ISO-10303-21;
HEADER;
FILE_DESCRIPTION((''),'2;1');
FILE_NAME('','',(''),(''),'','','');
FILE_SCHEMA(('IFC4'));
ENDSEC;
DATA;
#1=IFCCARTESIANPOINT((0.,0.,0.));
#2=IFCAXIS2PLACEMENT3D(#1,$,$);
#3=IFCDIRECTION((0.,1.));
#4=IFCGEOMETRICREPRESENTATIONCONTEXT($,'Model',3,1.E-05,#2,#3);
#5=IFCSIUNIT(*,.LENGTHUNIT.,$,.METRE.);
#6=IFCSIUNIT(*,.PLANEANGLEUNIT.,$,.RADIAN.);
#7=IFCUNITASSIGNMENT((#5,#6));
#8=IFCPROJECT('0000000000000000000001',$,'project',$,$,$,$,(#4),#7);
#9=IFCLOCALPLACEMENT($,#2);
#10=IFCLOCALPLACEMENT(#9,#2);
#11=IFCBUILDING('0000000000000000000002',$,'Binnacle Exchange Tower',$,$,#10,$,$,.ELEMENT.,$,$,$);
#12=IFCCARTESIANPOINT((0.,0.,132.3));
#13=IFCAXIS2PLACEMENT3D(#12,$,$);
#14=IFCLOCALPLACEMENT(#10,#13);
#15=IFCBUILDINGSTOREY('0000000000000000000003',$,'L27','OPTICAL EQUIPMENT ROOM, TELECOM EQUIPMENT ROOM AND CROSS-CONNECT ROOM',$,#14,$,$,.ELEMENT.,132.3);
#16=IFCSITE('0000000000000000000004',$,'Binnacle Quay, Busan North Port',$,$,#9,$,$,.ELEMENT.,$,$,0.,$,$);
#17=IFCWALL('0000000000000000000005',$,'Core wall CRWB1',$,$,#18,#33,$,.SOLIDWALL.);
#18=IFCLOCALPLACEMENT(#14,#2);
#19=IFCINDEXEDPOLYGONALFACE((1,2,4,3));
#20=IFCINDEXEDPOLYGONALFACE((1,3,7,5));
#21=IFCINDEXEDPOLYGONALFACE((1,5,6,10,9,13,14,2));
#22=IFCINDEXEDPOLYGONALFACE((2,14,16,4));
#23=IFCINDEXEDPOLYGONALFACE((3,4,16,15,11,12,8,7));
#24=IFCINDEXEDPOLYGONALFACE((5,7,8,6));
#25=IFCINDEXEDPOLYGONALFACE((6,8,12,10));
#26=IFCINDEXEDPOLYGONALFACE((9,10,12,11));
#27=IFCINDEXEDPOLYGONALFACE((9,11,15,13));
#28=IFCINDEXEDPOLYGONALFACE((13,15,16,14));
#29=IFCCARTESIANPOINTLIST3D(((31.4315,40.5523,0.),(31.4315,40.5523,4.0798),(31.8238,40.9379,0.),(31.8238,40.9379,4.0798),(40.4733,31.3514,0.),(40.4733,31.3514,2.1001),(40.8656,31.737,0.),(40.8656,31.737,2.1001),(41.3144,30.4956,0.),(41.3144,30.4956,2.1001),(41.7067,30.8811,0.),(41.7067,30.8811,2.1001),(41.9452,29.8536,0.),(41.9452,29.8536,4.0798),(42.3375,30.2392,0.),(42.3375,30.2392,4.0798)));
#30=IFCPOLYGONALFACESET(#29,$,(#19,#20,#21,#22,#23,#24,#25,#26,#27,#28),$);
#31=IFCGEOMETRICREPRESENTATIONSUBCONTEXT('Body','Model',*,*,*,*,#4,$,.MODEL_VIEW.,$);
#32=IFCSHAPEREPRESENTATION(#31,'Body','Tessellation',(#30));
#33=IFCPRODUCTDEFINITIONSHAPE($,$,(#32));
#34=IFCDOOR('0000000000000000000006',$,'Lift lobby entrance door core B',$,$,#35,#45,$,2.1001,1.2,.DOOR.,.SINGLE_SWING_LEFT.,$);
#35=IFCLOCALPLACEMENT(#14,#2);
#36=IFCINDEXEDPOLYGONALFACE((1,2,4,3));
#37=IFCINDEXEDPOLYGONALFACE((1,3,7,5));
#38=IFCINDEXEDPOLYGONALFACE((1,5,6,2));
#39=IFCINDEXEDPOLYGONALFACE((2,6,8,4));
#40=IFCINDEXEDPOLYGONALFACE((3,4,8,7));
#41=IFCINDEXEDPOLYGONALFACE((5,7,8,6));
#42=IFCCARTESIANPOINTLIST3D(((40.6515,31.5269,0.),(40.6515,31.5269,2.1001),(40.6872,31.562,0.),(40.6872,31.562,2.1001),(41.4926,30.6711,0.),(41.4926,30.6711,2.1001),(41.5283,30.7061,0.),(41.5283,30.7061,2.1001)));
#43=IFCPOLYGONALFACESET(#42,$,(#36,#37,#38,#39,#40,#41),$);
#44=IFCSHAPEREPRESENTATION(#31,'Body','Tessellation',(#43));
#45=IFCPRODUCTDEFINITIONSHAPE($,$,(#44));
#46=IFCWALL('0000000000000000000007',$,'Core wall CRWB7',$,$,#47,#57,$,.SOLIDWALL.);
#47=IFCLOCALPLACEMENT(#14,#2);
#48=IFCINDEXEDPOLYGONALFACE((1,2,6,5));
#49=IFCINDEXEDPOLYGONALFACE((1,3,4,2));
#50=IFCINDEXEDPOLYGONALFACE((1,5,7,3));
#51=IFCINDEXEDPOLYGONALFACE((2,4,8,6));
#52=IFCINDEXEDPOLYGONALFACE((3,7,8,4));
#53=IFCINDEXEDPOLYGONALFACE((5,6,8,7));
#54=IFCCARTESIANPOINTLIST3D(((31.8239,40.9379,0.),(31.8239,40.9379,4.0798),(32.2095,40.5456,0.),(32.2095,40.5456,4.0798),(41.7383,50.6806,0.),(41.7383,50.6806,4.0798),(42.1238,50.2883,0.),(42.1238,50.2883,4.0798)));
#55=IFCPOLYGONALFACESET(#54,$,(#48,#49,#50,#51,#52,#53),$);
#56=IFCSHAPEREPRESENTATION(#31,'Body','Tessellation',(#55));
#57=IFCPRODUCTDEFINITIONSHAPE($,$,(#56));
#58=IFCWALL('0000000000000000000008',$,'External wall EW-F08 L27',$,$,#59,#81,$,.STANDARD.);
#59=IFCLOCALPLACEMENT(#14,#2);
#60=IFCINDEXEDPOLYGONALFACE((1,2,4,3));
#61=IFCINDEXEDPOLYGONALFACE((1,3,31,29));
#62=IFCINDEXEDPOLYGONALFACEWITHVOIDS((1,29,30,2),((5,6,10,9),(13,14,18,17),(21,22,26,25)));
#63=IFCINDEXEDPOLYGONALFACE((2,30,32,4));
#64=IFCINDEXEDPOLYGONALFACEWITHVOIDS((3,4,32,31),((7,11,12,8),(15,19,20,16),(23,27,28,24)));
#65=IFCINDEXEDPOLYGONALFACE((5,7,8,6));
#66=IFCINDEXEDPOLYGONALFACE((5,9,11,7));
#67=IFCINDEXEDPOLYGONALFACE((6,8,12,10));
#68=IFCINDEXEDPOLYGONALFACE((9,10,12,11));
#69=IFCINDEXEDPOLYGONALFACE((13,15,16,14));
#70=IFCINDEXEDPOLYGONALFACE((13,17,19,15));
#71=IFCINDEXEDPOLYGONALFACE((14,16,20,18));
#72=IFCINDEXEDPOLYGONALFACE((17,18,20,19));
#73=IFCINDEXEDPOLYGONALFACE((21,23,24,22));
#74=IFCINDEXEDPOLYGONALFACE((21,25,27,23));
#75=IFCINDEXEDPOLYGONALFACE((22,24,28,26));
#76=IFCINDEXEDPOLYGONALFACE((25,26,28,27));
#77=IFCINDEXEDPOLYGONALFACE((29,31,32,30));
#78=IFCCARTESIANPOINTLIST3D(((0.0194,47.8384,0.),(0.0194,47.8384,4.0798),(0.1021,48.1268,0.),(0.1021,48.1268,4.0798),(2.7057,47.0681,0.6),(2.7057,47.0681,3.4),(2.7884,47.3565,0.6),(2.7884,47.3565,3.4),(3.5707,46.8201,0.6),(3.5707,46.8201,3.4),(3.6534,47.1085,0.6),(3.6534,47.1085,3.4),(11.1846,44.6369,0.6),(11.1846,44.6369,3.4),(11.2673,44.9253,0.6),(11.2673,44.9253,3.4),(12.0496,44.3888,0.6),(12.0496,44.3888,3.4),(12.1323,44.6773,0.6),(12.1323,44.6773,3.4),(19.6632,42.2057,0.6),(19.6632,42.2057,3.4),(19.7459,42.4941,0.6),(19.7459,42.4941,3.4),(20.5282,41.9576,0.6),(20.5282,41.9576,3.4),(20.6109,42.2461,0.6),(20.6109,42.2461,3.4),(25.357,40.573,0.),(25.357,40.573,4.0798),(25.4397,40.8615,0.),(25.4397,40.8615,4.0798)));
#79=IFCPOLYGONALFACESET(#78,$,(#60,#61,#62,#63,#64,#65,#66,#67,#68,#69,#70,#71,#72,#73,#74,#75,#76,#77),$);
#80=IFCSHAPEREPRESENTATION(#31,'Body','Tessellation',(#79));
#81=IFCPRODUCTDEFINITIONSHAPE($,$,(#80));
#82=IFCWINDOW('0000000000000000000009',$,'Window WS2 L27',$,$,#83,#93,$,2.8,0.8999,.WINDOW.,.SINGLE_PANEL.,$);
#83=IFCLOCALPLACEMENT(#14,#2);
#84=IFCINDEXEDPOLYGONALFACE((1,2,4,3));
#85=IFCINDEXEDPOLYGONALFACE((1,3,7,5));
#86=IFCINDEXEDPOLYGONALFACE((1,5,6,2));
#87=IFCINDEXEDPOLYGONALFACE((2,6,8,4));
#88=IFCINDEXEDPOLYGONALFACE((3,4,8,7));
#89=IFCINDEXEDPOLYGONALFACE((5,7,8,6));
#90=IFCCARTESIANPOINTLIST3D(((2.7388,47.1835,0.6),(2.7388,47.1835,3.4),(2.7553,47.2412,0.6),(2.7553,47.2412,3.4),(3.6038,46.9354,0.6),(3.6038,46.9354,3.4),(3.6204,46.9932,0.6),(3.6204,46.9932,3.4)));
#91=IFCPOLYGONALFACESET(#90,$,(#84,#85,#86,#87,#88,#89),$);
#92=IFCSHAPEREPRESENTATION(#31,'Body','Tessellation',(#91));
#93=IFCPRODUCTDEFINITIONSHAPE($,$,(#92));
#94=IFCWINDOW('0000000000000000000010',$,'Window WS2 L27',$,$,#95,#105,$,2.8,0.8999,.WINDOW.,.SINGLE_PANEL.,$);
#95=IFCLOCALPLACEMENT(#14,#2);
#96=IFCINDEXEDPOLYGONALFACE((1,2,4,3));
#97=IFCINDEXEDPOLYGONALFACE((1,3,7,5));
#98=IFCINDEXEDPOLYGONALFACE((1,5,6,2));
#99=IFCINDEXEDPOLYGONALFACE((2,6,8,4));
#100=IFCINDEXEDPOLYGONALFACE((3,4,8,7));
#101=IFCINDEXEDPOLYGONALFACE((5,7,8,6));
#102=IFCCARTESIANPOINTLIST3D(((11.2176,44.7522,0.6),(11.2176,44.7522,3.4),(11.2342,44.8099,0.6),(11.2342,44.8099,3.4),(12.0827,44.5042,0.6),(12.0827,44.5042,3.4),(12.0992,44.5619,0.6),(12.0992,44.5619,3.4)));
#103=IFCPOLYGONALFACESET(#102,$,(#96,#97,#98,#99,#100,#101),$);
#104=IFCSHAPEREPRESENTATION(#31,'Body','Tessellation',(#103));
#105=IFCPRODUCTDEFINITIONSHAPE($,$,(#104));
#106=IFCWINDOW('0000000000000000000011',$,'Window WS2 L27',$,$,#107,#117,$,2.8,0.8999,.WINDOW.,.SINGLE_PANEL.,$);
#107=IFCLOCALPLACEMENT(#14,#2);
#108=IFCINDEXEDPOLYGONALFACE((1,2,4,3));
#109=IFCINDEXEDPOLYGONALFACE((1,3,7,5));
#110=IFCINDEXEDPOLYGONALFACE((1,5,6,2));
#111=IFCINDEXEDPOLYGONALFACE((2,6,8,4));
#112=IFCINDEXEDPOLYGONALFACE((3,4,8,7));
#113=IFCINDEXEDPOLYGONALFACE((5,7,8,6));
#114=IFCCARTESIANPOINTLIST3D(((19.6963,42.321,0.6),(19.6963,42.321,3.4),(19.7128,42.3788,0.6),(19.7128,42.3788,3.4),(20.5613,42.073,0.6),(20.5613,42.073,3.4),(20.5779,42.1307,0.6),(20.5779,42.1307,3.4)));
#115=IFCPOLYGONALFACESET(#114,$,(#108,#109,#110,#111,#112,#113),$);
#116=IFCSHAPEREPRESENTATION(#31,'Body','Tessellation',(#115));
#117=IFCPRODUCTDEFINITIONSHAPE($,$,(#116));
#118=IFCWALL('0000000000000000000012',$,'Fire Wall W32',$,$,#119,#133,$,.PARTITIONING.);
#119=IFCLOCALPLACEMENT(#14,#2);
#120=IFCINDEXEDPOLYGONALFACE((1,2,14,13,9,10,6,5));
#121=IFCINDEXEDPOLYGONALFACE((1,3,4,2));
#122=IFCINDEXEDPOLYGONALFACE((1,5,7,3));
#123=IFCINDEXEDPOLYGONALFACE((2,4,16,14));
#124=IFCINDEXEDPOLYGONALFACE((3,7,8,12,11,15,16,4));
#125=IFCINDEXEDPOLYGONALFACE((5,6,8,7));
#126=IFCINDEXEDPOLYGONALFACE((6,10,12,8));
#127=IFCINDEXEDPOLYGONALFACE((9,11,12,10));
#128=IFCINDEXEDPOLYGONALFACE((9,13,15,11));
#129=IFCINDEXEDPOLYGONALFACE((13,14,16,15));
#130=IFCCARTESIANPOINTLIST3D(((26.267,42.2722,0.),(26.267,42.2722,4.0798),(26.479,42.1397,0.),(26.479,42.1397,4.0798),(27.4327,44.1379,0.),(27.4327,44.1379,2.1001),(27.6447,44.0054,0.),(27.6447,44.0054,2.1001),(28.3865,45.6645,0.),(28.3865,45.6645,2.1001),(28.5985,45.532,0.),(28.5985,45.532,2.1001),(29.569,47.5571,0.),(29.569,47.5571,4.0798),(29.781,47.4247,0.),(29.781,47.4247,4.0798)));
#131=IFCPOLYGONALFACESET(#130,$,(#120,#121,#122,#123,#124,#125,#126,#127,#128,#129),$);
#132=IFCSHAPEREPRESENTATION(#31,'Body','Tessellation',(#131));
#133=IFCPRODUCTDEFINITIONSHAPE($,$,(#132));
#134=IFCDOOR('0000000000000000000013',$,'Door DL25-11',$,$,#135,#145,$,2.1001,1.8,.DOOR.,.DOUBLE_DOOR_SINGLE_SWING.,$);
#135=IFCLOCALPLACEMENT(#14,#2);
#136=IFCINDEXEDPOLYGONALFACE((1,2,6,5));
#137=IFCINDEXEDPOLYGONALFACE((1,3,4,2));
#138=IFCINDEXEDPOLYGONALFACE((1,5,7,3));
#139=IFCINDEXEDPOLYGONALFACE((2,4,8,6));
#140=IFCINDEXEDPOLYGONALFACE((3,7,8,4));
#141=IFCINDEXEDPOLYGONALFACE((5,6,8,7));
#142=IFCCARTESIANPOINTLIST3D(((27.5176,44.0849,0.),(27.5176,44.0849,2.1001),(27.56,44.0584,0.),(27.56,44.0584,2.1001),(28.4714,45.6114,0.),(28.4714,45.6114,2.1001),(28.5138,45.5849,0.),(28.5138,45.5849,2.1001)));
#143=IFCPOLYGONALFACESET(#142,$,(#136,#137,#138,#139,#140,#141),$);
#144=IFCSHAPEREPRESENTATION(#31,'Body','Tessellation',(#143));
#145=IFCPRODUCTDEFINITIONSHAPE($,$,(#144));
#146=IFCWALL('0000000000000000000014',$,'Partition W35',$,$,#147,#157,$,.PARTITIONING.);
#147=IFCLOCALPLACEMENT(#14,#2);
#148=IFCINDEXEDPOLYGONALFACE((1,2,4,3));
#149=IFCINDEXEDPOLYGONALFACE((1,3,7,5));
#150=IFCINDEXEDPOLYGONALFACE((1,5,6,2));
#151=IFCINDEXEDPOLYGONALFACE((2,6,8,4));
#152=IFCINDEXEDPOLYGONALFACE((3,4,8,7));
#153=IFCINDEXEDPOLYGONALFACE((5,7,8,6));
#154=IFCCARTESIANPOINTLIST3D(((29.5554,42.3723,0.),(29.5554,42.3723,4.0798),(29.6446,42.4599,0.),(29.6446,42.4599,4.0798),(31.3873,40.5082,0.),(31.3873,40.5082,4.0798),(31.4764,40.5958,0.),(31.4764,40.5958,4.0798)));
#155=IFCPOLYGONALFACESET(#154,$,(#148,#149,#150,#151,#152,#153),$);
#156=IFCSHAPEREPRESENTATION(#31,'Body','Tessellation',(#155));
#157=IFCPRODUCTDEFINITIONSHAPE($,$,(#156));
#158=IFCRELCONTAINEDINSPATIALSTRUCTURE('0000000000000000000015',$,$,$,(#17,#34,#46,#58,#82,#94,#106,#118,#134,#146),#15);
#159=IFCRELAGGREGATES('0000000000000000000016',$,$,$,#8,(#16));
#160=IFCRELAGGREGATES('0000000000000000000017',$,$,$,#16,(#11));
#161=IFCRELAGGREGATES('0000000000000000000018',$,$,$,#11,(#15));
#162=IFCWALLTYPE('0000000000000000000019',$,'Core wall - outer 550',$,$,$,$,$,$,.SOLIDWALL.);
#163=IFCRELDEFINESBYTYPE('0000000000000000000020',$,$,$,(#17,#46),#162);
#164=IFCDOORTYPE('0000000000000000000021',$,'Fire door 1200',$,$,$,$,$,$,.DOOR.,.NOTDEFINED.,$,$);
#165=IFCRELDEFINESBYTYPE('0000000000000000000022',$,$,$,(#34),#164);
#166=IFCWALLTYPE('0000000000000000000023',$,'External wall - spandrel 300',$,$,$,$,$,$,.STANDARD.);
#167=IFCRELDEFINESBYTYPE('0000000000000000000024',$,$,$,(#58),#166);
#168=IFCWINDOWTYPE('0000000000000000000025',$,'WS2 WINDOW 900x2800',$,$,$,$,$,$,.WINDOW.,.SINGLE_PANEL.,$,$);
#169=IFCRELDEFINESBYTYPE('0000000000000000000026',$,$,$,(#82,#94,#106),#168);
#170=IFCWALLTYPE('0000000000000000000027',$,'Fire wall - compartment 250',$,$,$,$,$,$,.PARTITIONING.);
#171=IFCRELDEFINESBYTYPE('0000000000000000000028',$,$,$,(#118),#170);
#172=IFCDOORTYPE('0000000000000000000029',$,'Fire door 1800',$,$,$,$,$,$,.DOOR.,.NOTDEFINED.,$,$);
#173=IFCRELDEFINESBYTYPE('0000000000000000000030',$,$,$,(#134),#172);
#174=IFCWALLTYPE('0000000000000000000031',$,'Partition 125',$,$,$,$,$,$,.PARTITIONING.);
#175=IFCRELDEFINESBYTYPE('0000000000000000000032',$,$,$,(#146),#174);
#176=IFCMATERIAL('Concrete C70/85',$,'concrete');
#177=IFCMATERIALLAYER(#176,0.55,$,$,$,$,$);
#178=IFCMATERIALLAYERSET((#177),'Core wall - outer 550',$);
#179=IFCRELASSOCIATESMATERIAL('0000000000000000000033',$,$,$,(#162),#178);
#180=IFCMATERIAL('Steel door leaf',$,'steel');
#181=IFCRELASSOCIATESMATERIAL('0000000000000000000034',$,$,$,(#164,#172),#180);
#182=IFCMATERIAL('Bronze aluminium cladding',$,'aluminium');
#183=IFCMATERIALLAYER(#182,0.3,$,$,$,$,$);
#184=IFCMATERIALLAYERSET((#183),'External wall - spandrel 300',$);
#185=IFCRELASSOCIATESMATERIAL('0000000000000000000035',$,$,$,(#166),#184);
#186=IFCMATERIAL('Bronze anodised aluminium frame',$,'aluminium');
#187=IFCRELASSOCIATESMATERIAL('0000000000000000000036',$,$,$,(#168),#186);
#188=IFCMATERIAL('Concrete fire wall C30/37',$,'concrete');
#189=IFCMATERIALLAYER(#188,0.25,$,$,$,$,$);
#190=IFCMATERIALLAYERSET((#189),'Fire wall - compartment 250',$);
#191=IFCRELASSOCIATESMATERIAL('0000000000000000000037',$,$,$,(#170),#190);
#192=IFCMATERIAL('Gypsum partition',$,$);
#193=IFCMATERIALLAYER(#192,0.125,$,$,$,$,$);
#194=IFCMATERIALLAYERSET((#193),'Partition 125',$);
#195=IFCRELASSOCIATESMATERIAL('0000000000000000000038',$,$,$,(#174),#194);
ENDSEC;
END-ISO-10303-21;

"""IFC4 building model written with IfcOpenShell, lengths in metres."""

from ifc_helpers import new_model, si_unit, direction, frame, frame_2d, origin, place, context, subcontext, project, spatial, rectangle, extrude, material, layer, layer_set, type_object, element, fill, save


model = new_model("IFC4")

# Units and contexts
model_context = context("Model", 3, precision=1e-05, world=origin(), true_north=direction((0.0, 1.0)))
body_context = subcontext(model_context, "Body", "Model", "MODEL_VIEW")
ifc_project = project(units=[si_unit("LENGTHUNIT", "METRE"), si_unit("PLANEANGLEUNIT", "RADIAN")], contexts=[model_context])

# Site, building, storey
site_placement = place(None, origin())
site = spatial("IfcSite", under=ifc_project, at=site_placement, Name="Binnacle Quay, Busan North Port", CompositionType="ELEMENT", RefElevation=0.0)
building_placement = place(site_placement, origin())
building = spatial("IfcBuilding", under=site, at=building_placement, Name="Binnacle Exchange Tower", CompositionType="ELEMENT")
storey_placement = place(building_placement, frame((0.0, 0.0, 132.3)))
storey = spatial("IfcBuildingStorey", under=building, at=storey_placement, Name="L27", Description="OPTICAL EQUIPMENT ROOM, TELECOM EQUIPMENT ROOM AND CROSS-CONNECT ROOM", CompositionType="ELEMENT", Elevation=132.3)

# Shared definitions
ifc_material_1 = material(Name="Concrete C70/85", Category="concrete")

# Wall, opening, door
ifc_layer_1 = layer(ifc_material_1, 0.55)
ifc_layer_set_1 = layer_set([ifc_layer_1], Name="Core wall - outer 550")
wall_type_1 = type_object("IfcWallType", Name="Core wall - outer 550", PredefinedType="SOLIDWALL", material=ifc_layer_set_1)
wall_1_placement = place(storey_placement, frame((31.6277, 40.7451, 0.0), z_axis=(0.0, 0.0, 1.0), x_axis=(0.700911, -0.713248, 0.0)))
wall_1 = element("IfcWall", 1, at=wall_1_placement, inside=storey, type_object=wall_type_1, Name="Core wall CRWB1", PredefinedType="SOLIDWALL", context=body_context, shape_type="SweptSolid", body=[
    extrude(rectangle(XDim=15.0, YDim=0.55, at=frame_2d((7.5, 0.0))), origin(), (0.0, 0.0, 1.0), 4.0798),
])
opening_1_placement = place(wall_1_placement, frame((12.8999, 0.0, 0.0)))
opening_1 = element("IfcOpeningElement", 2, at=opening_1_placement, cuts=wall_1, PredefinedType="OPENING", context=body_context, shape_type="SweptSolid", body=[
    extrude(rectangle(XDim=1.2, YDim=2.1001, at=frame_2d((0.6001, 1.05))), frame((0.0, 0.2849, 0.0), z_axis=(0.0, -1.0, 0.0), x_axis=(1.0, 0.0, 0.0)), (0.0, 0.0, 1.0), 0.5701),
])
ifc_material_2 = material(Name="Steel door leaf", Category="steel")
door_type_1 = type_object("IfcDoorType", Name="Fire door 1200", OperationType="NOTDEFINED", PredefinedType="DOOR", material=ifc_material_2)
door_1_placement = place(opening_1_placement, frame((1.2, 0.0, 0.0), z_axis=(0.0, 0.0, 1.0), x_axis=(-1.0, 0.0, 0.0)))
door_1 = element("IfcDoor", 3, at=door_1_placement, inside=storey, type_object=door_type_1, Name="Lift lobby entrance door core B", OperationType="SINGLE_SWING_LEFT", OverallHeight=2.1001, OverallWidth=1.2, PredefinedType="DOOR", context=body_context, shape_type="SweptSolid", body=[
    extrude(rectangle(XDim=1.2, YDim=2.1001, at=frame_2d((0.6001, 1.05))), frame((0.0, 0.0249, 0.0), z_axis=(0.0, -1.0, 0.0), x_axis=(1.0, 0.0, 0.0)), (0.0, 0.0, 1.0), 0.05),
])
fill(opening_1, door_1)

# Wall
wall_2_placement = place(storey_placement, frame((32.0166, 40.7417, 0.0), z_axis=(0.0, 0.0, 1.0), x_axis=(0.713254, 0.700906, 0.0)))
element("IfcWall", 4, at=wall_2_placement, inside=storey, type_object=wall_type_1, Name="Core wall CRWB7", PredefinedType="SOLIDWALL", context=body_context, shape_type="SweptSolid", body=[
    extrude(rectangle(XDim=13.9001, YDim=0.55, at=frame_2d((6.9502, 0.0))), origin(), (0.0, 0.0, 1.0), 4.0798),
])

# Wall, openings, windows
ifc_material_3 = material(Name="Bronze aluminium cladding", Category="aluminium")
ifc_layer_2 = layer(ifc_material_3, 0.3)
ifc_layer_set_2 = layer_set([ifc_layer_2], Name="External wall - spandrel 300")
wall_type_2 = type_object("IfcWallType", Name="External wall - spandrel 300", PredefinedType="STANDARD", material=ifc_layer_set_2)
wall_3_placement = place(storey_placement, frame((25.3982, 40.7173, 0.0), z_axis=(0.0, 0.0, 1.0), x_axis=(-0.961262, 0.275635, 0.0)))
wall_3 = element("IfcWall", 5, at=wall_3_placement, inside=storey, type_object=wall_type_2, Name="External wall EW-F08 L27", PredefinedType="STANDARD", context=body_context, shape_type="SweptSolid", body=[
    extrude(rectangle(XDim=26.3586, YDim=0.3, at=frame_2d((13.1792, 0.0))), origin(), (0.0, 0.0, 1.0), 4.0798),
])
opening_2_placement = place(wall_3_placement, frame((22.6641, 0.0, 0.6001)))
opening_2 = element("IfcOpeningElement", 6, at=opening_2_placement, cuts=wall_3, PredefinedType="OPENING", context=body_context, shape_type="SweptSolid", body=[
    extrude(rectangle(XDim=0.8999, YDim=2.8, at=frame_2d((0.45, 1.3999))), frame((0.0, 0.1599, 0.0), z_axis=(0.0, -1.0, 0.0), x_axis=(1.0, 0.0, 0.0)), (0.0, 0.0, 1.0), 0.3201),
])
opening_3_placement = place(wall_3_placement, frame((13.8435, 0.0, 0.6001)))
opening_3 = element("IfcOpeningElement", 7, at=opening_3_placement, cuts=wall_3, PredefinedType="OPENING", context=body_context, shape_type="SweptSolid", body=[
    extrude(rectangle(XDim=0.8999, YDim=2.8, at=frame_2d((0.45, 1.3999))), frame((0.0, 0.1599, 0.0), z_axis=(0.0, -1.0, 0.0), x_axis=(1.0, 0.0, 0.0)), (0.0, 0.0, 1.0), 0.3201),
])
opening_4_placement = place(wall_3_placement, frame((5.0232, 0.0, 0.6001)))
opening_4 = element("IfcOpeningElement", 8, at=opening_4_placement, cuts=wall_3, PredefinedType="OPENING", context=body_context, shape_type="SweptSolid", body=[
    extrude(rectangle(XDim=0.8999, YDim=2.8, at=frame_2d((0.45, 1.3999))), frame((0.0, 0.1599, 0.0), z_axis=(0.0, -1.0, 0.0), x_axis=(1.0, 0.0, 0.0)), (0.0, 0.0, 1.0), 0.3201),
])
ifc_material_4 = material(Name="Bronze anodised aluminium frame", Category="aluminium")
window_type = type_object("IfcWindowType", Name="WS2 WINDOW 900x2800", PartitioningType="SINGLE_PANEL", PredefinedType="WINDOW", material=ifc_material_4)
window_1_placement = place(opening_2_placement, origin())
window_1 = element("IfcWindow", 9, at=window_1_placement, inside=storey, type_object=window_type, Name="Window WS2 L27", OverallHeight=2.8, OverallWidth=0.8999, PartitioningType="SINGLE_PANEL", PredefinedType="WINDOW", context=body_context, shape_type="SweptSolid", body=[
    extrude(rectangle(XDim=0.8999, YDim=2.8, at=frame_2d((0.45, 1.3999))), frame((0.0, 0.03, 0.0), z_axis=(0.0, -1.0, 0.0), x_axis=(1.0, 0.0, 0.0)), (0.0, 0.0, 1.0), 0.0601),
])
fill(opening_2, window_1)
window_2_placement = place(opening_3_placement, origin())
window_2 = element("IfcWindow", 10, at=window_2_placement, inside=storey, type_object=window_type, Name="Window WS2 L27", OverallHeight=2.8, OverallWidth=0.8999, PartitioningType="SINGLE_PANEL", PredefinedType="WINDOW", context=body_context, shape_type="SweptSolid", body=[
    extrude(rectangle(XDim=0.8999, YDim=2.8, at=frame_2d((0.45, 1.3999))), frame((0.0, 0.03, 0.0), z_axis=(0.0, -1.0, 0.0), x_axis=(1.0, 0.0, 0.0)), (0.0, 0.0, 1.0), 0.0601),
])
fill(opening_3, window_2)
window_3_placement = place(opening_4_placement, origin())
window_3 = element("IfcWindow", 11, at=window_3_placement, inside=storey, type_object=window_type, Name="Window WS2 L27", OverallHeight=2.8, OverallWidth=0.8999, PartitioningType="SINGLE_PANEL", PredefinedType="WINDOW", context=body_context, shape_type="SweptSolid", body=[
    extrude(rectangle(XDim=0.8999, YDim=2.8, at=frame_2d((0.45, 1.3999))), frame((0.0, 0.03, 0.0), z_axis=(0.0, -1.0, 0.0), x_axis=(1.0, 0.0, 0.0)), (0.0, 0.0, 1.0), 0.0601),
])
fill(opening_4, window_3)

# Wall, opening, door
ifc_material_5 = material(Name="Concrete fire wall C30/37", Category="concrete")
ifc_layer_3 = layer(ifc_material_5, 0.25)
ifc_layer_set_3 = layer_set([ifc_layer_3], Name="Fire wall - compartment 250")
wall_type_3 = type_object("IfcWallType", Name="Fire wall - compartment 250", PredefinedType="PARTITIONING", material=ifc_layer_set_3)
wall_4_placement = place(storey_placement, frame((26.373, 42.2061, 0.0), z_axis=(0.0, 0.0, 1.0), x_axis=(0.529876, 0.848075, 0.0)))
wall_4 = element("IfcWall", 12, at=wall_4_placement, inside=storey, type_object=wall_type_3, Name="Fire Wall W32", PredefinedType="PARTITIONING", context=body_context, shape_type="SweptSolid", body=[
    extrude(rectangle(XDim=6.2317, YDim=0.25, at=frame_2d((3.1157, 0.0))), origin(), (0.0, 0.0, 1.0), 4.0798),
])
opening_5_placement = place(wall_4_placement, frame((2.2, 0.0, 0.0)))
opening_5 = element("IfcOpeningElement", 13, at=opening_5_placement, cuts=wall_4, PredefinedType="OPENING", context=body_context, shape_type="SweptSolid", body=[
    extrude(rectangle(XDim=1.8, YDim=2.1001, at=frame_2d((0.8999, 1.05))), frame((0.0, 0.135, 0.0), z_axis=(0.0, -1.0, 0.0), x_axis=(1.0, 0.0, 0.0)), (0.0, 0.0, 1.0), 0.27),
])
door_type_2 = type_object("IfcDoorType", Name="Fire door 1800", OperationType="NOTDEFINED", PredefinedType="DOOR", material=ifc_material_2)
door_2_placement = place(opening_5_placement, origin())
door_2 = element("IfcDoor", 14, at=door_2_placement, inside=storey, type_object=door_type_2, Name="Door DL25-11", OperationType="DOUBLE_DOOR_SINGLE_SWING", OverallHeight=2.1001, OverallWidth=1.8, PredefinedType="DOOR", context=body_context, shape_type="SweptSolid", body=[
    extrude(rectangle(XDim=1.8, YDim=2.1001, at=frame_2d((0.8999, 1.05))), frame((0.0, 0.0249, 0.0), z_axis=(0.0, -1.0, 0.0), x_axis=(1.0, 0.0, 0.0)), (0.0, 0.0, 1.0), 0.05),
])
fill(opening_5, door_2)

# Wall
ifc_material_6 = material(Name="Gypsum partition")
ifc_layer_4 = layer(ifc_material_6, 0.125)
ifc_layer_set_4 = layer_set([ifc_layer_4], Name="Partition 125")
wall_type_4 = type_object("IfcWallType", Name="Partition 125", PredefinedType="PARTITIONING", material=ifc_layer_set_4)
wall_5_placement = place(storey_placement, frame((29.6001, 42.416, 0.0), z_axis=(0.0, 0.0, 1.0), x_axis=(0.700914, -0.713245, 0.0)))
element("IfcWall", 15, at=wall_5_placement, inside=storey, type_object=wall_type_4, Name="Partition W35", PredefinedType="PARTITIONING", context=body_context, shape_type="SweptSolid", body=[
    extrude(rectangle(XDim=2.6135, YDim=0.125, at=frame_2d((1.3066, 0.0))), origin(), (0.0, 0.0, 1.0), 4.0798),
])

save(model, "model.ifc")
